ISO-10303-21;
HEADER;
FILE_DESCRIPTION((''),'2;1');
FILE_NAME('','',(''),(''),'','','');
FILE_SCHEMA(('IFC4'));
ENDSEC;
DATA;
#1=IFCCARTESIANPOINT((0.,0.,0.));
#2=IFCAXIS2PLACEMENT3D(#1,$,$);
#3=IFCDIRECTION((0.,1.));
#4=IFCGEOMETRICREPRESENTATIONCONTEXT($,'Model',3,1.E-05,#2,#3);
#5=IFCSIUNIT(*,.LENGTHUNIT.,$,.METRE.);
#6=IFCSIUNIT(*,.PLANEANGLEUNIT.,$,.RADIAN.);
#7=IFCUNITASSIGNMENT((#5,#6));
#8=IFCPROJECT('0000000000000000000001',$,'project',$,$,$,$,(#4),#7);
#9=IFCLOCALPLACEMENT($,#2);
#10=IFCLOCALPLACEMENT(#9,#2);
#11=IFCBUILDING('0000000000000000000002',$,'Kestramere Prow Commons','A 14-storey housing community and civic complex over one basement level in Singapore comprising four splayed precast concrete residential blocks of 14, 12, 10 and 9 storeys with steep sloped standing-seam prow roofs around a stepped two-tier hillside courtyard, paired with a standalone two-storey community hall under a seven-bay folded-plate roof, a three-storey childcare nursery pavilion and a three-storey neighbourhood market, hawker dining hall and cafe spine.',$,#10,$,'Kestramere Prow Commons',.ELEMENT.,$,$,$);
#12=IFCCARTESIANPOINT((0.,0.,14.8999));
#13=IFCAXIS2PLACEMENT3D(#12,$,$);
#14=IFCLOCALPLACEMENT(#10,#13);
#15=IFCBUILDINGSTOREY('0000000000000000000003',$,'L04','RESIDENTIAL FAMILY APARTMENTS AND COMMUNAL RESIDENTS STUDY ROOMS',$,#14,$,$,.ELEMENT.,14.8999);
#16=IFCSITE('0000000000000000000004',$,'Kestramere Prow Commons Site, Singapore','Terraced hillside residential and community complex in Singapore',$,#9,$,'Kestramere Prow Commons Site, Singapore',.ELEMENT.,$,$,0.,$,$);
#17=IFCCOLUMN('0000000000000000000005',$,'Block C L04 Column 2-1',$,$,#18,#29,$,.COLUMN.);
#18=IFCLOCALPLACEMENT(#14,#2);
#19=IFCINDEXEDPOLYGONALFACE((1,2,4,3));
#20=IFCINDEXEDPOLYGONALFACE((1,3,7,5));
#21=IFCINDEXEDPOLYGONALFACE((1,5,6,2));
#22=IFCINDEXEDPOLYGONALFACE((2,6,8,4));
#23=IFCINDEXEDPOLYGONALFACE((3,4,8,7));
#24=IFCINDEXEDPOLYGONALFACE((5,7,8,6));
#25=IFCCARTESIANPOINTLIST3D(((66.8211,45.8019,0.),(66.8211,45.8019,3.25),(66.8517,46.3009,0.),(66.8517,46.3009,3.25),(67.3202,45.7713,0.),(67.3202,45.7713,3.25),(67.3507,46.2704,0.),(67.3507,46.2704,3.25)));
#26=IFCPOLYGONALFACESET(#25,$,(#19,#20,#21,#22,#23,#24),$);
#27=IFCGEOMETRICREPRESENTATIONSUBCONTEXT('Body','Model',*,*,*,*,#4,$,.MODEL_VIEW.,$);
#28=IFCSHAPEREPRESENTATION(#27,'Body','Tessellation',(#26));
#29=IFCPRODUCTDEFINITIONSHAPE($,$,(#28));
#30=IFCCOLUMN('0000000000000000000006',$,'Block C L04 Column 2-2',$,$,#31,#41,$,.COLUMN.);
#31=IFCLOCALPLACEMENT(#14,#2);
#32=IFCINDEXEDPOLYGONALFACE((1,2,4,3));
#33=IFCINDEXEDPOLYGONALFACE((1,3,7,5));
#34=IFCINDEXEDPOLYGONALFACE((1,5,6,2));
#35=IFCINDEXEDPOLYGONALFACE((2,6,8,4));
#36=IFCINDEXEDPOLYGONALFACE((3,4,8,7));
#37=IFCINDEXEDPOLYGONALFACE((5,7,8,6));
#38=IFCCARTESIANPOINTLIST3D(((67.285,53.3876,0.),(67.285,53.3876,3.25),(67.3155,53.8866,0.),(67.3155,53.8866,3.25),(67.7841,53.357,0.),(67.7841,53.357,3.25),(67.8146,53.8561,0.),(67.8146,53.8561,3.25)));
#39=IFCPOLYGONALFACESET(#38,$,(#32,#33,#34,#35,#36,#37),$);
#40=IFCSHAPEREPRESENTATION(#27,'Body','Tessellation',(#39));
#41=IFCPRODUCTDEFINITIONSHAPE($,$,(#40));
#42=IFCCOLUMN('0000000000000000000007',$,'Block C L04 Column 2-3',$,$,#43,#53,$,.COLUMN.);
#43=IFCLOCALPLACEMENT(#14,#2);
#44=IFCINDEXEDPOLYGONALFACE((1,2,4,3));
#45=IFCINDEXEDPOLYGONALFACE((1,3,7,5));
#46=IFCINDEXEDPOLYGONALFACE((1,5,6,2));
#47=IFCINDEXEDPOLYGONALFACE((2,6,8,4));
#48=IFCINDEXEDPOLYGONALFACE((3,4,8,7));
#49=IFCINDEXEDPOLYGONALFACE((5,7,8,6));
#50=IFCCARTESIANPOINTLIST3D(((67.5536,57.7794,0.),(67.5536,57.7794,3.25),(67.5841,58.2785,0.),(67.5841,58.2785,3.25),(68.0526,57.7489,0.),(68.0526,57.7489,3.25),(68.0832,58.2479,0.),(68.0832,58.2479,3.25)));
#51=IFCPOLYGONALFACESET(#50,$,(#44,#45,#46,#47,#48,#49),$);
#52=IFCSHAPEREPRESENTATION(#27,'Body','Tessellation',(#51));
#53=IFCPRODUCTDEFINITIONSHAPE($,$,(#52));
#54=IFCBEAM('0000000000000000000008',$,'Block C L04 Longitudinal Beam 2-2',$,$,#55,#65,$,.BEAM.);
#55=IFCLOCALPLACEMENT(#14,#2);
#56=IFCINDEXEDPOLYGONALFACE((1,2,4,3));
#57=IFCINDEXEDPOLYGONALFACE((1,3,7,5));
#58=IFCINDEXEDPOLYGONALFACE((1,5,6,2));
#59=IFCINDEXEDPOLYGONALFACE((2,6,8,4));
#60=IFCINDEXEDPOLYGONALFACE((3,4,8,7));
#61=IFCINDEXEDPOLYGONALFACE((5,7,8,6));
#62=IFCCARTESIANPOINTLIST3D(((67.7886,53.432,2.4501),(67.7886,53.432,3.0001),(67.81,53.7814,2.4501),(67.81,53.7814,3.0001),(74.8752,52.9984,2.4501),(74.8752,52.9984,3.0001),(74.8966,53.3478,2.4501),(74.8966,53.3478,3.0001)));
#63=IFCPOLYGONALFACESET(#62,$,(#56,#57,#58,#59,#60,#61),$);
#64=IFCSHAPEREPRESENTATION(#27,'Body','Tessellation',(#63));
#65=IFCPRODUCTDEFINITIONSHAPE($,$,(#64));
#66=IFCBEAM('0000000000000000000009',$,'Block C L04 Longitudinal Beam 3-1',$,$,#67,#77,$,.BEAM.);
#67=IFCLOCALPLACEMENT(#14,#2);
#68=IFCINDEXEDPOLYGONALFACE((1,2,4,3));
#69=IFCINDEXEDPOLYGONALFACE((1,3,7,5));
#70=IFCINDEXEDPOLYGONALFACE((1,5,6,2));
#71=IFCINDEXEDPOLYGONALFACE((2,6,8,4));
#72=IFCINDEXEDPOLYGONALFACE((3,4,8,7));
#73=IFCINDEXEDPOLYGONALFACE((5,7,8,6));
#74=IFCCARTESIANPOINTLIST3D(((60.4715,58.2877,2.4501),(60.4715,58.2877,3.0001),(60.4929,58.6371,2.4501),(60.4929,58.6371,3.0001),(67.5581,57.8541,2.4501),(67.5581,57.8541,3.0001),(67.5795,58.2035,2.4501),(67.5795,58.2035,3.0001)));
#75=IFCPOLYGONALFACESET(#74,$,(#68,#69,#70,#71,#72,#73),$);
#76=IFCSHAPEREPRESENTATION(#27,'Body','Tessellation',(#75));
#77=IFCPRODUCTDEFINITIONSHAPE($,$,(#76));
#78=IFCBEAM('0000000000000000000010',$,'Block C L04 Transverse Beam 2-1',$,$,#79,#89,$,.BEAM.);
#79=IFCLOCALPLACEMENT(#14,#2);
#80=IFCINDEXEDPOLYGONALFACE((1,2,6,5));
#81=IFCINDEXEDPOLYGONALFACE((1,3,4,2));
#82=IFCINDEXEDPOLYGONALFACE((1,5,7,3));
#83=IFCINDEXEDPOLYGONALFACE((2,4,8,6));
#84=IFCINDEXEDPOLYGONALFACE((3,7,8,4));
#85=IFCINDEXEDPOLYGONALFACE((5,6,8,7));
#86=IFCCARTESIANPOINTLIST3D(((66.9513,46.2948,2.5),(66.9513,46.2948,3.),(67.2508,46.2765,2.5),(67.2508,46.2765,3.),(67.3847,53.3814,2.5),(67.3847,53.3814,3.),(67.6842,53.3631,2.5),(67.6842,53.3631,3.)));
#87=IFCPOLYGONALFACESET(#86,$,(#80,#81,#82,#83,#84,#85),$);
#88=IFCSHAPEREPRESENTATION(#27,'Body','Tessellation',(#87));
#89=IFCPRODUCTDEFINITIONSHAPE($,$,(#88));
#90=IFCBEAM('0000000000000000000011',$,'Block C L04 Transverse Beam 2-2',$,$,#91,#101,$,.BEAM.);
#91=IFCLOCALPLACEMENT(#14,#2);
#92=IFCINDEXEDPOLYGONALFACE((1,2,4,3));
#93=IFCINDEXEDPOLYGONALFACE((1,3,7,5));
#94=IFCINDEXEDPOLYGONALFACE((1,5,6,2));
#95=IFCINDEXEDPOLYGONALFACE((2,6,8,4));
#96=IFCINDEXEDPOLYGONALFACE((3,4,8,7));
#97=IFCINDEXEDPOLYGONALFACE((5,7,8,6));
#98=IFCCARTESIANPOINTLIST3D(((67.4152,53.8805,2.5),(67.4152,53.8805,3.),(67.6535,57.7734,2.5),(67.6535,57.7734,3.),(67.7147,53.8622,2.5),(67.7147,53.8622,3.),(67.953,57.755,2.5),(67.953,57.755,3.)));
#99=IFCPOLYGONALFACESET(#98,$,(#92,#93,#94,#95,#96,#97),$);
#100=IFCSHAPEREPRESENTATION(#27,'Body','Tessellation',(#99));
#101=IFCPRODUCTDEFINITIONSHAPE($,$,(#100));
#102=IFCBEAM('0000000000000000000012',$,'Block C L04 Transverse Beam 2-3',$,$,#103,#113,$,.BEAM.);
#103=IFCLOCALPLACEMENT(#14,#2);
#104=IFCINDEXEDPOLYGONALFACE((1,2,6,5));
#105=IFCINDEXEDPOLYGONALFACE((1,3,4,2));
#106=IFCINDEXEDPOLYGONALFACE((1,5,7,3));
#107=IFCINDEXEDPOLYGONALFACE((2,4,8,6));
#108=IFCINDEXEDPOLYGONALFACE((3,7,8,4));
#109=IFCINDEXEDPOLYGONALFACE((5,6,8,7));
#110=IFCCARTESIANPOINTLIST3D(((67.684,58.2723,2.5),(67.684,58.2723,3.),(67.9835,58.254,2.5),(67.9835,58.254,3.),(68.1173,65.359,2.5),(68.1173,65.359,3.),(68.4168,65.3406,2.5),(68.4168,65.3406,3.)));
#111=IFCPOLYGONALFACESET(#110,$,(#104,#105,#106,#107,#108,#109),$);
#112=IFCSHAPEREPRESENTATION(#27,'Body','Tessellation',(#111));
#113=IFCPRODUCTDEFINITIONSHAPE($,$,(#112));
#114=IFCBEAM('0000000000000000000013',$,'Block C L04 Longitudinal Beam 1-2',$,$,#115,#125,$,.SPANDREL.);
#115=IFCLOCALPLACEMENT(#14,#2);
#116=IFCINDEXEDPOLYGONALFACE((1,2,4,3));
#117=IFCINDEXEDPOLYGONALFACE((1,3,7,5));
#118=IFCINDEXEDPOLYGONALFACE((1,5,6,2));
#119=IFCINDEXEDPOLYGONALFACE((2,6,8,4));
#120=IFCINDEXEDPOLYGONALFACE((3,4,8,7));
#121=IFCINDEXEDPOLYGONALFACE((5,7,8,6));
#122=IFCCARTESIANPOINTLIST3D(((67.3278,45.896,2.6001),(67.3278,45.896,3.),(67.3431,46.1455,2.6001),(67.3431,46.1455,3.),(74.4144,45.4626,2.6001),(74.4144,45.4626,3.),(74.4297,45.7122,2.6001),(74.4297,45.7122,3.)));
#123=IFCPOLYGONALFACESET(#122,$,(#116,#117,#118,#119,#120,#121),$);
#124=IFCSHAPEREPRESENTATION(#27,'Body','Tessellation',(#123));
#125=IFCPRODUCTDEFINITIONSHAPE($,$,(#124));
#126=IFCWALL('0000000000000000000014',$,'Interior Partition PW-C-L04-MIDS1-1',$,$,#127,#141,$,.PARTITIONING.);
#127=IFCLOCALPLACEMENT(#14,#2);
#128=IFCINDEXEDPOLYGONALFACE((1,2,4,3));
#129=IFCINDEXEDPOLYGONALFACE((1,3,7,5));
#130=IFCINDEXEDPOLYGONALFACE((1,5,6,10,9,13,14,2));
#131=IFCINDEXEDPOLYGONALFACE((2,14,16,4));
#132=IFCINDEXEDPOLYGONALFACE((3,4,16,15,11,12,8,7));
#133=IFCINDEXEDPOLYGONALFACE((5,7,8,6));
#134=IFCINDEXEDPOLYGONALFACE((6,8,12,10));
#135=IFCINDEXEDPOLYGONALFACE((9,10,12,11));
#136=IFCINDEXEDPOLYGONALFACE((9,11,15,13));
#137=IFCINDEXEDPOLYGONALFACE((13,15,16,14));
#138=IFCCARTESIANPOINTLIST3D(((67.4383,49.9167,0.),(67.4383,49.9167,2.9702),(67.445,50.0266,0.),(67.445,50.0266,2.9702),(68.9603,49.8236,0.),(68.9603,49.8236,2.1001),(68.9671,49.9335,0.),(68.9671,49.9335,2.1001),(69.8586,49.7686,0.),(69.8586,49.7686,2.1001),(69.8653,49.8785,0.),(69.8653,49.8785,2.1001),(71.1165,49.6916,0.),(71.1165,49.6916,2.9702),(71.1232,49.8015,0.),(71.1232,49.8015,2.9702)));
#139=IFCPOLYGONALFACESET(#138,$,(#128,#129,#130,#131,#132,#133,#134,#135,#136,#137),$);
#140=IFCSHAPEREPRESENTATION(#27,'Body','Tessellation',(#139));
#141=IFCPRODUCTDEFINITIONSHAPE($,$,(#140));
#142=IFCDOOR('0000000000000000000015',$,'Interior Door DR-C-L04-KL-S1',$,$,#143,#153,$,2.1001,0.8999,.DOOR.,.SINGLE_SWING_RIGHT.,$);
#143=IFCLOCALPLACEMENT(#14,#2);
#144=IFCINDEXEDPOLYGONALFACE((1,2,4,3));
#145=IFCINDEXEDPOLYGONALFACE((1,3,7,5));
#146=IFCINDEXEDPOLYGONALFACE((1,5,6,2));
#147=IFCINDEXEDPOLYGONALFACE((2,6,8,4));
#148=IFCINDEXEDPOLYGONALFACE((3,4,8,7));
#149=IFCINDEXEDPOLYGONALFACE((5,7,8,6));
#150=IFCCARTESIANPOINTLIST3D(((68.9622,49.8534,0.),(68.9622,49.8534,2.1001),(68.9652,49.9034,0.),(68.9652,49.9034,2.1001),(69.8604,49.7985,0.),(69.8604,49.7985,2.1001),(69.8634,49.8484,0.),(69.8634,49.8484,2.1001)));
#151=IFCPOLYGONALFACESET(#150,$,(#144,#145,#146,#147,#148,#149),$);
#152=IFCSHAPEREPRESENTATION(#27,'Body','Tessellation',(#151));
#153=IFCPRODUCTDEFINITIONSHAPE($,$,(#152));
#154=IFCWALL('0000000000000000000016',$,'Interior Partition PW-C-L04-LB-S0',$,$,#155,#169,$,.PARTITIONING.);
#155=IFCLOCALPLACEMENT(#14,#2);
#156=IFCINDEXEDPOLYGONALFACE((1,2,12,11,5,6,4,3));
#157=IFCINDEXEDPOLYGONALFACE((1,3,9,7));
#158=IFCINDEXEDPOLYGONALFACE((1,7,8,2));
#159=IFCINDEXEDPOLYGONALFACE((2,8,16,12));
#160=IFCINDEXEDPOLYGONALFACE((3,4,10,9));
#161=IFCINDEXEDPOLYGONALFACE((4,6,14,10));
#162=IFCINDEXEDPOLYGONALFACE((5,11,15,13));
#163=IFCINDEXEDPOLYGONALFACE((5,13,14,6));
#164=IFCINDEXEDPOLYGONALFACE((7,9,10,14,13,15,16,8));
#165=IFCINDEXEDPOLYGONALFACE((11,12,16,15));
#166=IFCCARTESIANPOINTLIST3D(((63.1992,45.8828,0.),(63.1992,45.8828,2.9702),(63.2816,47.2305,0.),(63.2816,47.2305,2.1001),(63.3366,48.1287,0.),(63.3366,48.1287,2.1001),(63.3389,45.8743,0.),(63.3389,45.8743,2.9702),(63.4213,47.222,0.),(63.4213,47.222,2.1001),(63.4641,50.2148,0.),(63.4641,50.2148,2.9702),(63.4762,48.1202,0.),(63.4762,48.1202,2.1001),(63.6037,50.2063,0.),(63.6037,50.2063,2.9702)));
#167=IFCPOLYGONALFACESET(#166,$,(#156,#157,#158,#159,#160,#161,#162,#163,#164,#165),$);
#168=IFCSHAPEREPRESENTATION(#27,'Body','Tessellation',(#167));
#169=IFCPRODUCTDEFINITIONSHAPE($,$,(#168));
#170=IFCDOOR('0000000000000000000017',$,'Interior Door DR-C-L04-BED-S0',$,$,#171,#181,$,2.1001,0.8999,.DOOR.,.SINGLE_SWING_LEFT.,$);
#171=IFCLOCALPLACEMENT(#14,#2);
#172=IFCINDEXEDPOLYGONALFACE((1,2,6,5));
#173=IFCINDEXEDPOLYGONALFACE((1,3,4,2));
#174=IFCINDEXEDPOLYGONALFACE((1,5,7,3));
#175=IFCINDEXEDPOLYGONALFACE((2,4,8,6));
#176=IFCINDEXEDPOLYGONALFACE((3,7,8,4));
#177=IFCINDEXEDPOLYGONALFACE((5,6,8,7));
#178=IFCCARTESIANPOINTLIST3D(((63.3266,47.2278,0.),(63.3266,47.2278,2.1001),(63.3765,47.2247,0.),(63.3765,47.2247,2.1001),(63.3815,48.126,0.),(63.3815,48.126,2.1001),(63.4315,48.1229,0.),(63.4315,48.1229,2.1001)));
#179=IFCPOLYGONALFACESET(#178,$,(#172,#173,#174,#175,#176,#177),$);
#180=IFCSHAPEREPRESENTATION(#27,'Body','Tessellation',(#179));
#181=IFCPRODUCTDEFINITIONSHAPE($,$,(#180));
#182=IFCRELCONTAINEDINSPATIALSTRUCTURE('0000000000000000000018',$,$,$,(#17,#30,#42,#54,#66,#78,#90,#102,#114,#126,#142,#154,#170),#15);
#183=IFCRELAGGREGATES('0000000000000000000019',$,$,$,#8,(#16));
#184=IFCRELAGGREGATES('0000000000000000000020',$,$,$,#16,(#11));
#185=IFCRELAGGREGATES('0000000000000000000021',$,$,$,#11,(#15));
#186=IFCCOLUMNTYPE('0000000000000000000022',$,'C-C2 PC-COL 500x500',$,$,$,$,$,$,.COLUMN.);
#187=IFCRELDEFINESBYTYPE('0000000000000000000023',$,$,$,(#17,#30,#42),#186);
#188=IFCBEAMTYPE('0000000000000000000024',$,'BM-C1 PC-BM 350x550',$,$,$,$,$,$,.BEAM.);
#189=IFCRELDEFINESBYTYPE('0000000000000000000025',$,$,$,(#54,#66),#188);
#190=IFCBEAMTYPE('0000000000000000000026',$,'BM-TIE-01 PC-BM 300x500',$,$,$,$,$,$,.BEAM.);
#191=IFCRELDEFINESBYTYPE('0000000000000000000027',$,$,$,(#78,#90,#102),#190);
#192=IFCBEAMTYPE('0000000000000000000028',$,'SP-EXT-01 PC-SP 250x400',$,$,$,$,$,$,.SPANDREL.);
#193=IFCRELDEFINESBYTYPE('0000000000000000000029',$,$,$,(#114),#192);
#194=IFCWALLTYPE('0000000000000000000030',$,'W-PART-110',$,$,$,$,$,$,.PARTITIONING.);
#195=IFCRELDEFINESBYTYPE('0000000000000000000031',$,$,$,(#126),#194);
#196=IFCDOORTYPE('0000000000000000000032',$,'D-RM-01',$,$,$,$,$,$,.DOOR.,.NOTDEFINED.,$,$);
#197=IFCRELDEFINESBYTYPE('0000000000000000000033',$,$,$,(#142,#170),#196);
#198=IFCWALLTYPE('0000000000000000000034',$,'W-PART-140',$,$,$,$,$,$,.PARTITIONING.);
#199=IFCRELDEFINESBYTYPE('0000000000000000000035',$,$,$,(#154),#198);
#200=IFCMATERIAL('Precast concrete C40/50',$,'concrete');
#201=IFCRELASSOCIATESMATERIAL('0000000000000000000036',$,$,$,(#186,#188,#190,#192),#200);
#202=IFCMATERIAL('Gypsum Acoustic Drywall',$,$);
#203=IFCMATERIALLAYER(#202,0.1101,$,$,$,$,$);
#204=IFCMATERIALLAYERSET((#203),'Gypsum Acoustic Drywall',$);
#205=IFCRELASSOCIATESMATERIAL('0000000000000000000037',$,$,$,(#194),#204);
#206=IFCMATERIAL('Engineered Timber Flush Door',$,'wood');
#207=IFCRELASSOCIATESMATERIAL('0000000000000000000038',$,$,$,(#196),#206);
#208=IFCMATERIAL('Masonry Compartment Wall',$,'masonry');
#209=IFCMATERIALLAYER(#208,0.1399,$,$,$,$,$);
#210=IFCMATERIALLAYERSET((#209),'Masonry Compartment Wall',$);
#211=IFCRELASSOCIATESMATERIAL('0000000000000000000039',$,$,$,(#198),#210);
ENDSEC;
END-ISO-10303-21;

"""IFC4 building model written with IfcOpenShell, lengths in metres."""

from ifc_helpers import new_model, si_unit, direction, frame, frame_2d, origin, origin_2d, place, context, subcontext, project, spatial, rectangle, extrude, material, layer, layer_set, material_profile, profile_set, type_object, element, fill, save


model = new_model("IFC4")

# Units and contexts
model_context = context("Model", 3, precision=1e-05, world=origin(), true_north=direction((0.0, 1.0)))
body_context = subcontext(model_context, "Body", "Model", "MODEL_VIEW")
ifc_project = project(units=[si_unit("LENGTHUNIT", "METRE"), si_unit("PLANEANGLEUNIT", "RADIAN")], contexts=[model_context])

# Site, building, storey
site_placement = place(None, origin())
site = spatial("IfcSite", under=ifc_project, at=site_placement, Name="Kestramere Prow Commons Site, Singapore", Description="Terraced hillside residential and community complex in Singapore", LongName="Kestramere Prow Commons Site, Singapore", CompositionType="ELEMENT", RefElevation=0.0)
building_placement = place(site_placement, origin())
building = spatial("IfcBuilding", under=site, at=building_placement, Name="Kestramere Prow Commons", Description="A 14-storey housing community and civic complex over one basement level in Singapore comprising four splayed precast concrete residential blocks of 14, 12, 10 and 9 storeys with steep sloped standing-seam prow roofs around a stepped two-tier hillside courtyard, paired with a standalone two-storey community hall under a seven-bay folded-plate roof, a three-storey childcare nursery pavilion and a three-storey neighbourhood market, hawker dining hall and cafe spine.", LongName="Kestramere Prow Commons", CompositionType="ELEMENT")
storey_placement = place(building_placement, frame((0.0, 0.0, 14.8999)))
storey = spatial("IfcBuildingStorey", under=building, at=storey_placement, Name="L04", Description="RESIDENTIAL FAMILY APARTMENTS AND COMMUNAL RESIDENTS STUDY ROOMS", CompositionType="ELEMENT", Elevation=14.8999)

# Columns
ifc_material_1 = material(Name="Precast concrete C40/50", Category="concrete")
ifc_material_profile_1 = material_profile(ifc_material_1, rectangle(XDim=0.5, YDim=0.5, at=origin_2d()), Name="PC-COL 500x500")
ifc_profile_set_1 = profile_set([ifc_material_profile_1], Name="Precast concrete C40/50")
column_type = type_object("IfcColumnType", Name="C-C2 PC-COL 500x500", PredefinedType="COLUMN", material=ifc_profile_set_1)
for number, where, z_axis, x_axis, name in (
    (1, (67.0859, 46.0361, 0.0), (0.0, 0.0, 1.0), (0.998135, -0.061049, 0.0), "Block C L04 Column 2-1"),
    (2, (67.5498, 53.6218, 0.0), (0.0, 0.0, 1.0), (0.998135, -0.061049, 0.0), "Block C L04 Column 2-2"),
    (3, (67.8184, 58.0137, 0.0), (0.0, 0.0, 1.0), (0.998135, -0.061049, 0.0), "Block C L04 Column 2-3"),
):
    element("IfcColumn", number, at=place(storey_placement, frame(where, z_axis=z_axis, x_axis=x_axis)), inside=storey, type_object=column_type, Name=name, PredefinedType="COLUMN", context=body_context, shape_type="SweptSolid", body=[
        extrude(rectangle(XDim=0.5, YDim=0.5, at=origin_2d()), origin(), (0.0, 0.0, 1.0), 3.25),
    ])

# Beams
ifc_material_profile_2 = material_profile(ifc_material_1, rectangle(XDim=0.3501, YDim=0.55, at=origin_2d()), Name="PC-BM 350x550")
ifc_profile_set_2 = profile_set([ifc_material_profile_2], Name="Precast concrete C40/50")
beam_type_1 = type_object("IfcBeamType", Name="BM-C1 PC-BM 350x550", PredefinedType="BEAM", material=ifc_profile_set_2)
for number, where, z_axis, x_axis, name in (
    (4, (67.7993, 53.6067, 2.7251), (0.998133, -0.06107, 0.0), (0.06107, 0.998133, 0.0), "Block C L04 Longitudinal Beam 2-2"),
    (5, (60.4822, 58.4624, 2.7251), (0.998133, -0.06107, 0.0), (0.06107, 0.998133, 0.0), "Block C L04 Longitudinal Beam 3-1"),
):
    element("IfcBeam", number, at=place(storey_placement, frame(where, z_axis=z_axis, x_axis=x_axis)), inside=storey, type_object=beam_type_1, Name=name, PredefinedType="BEAM", context=body_context, shape_type="SweptSolid", body=[
        extrude(rectangle(XDim=0.3501, YDim=0.55, at=origin_2d()), origin(), (0.0, 0.0, 1.0), 7.0999),
    ])
ifc_material_profile_3 = material_profile(ifc_material_1, rectangle(XDim=0.3, YDim=0.5, at=origin_2d()), Name="PC-BM 300x500")
ifc_profile_set_3 = profile_set([ifc_material_profile_3], Name="Precast concrete C40/50")
beam_type_2 = type_object("IfcBeamType", Name="BM-TIE-01 PC-BM 300x500", PredefinedType="BEAM", material=ifc_profile_set_3)
beam_1_placement = place(storey_placement, frame((67.1011, 46.2856, 2.75), z_axis=(0.061036, 0.998136, 0.0), x_axis=(-0.998136, 0.061036, 0.0)))
element("IfcBeam", 6, at=beam_1_placement, inside=storey, type_object=beam_type_2, Name="Block C L04 Transverse Beam 2-1", PredefinedType="BEAM", context=body_context, shape_type="SweptSolid", body=[
    extrude(rectangle(XDim=0.3, YDim=0.5, at=origin_2d()), origin(), (0.0, 0.0, 1.0), 7.0999),
])
beam_2_placement = place(storey_placement, frame((67.5649, 53.8713, 2.75), z_axis=(0.061096, 0.998132, 0.0), x_axis=(-0.998132, 0.061096, 0.0)))
element("IfcBeam", 7, at=beam_2_placement, inside=storey, type_object=beam_type_2, Name="Block C L04 Transverse Beam 2-2", PredefinedType="BEAM", context=body_context, shape_type="SweptSolid", body=[
    extrude(rectangle(XDim=0.3, YDim=0.5, at=origin_2d()), origin(), (0.0, 0.0, 1.0), 3.9001),
])
beam_3_placement = place(storey_placement, frame((67.8337, 58.2632, 2.75), z_axis=(0.061036, 0.998136, 0.0), x_axis=(-0.998136, 0.061036, 0.0)))
element("IfcBeam", 8, at=beam_3_placement, inside=storey, type_object=beam_type_2, Name="Block C L04 Transverse Beam 2-3", PredefinedType="BEAM", context=body_context, shape_type="SweptSolid", body=[
    extrude(rectangle(XDim=0.3, YDim=0.5, at=origin_2d()), origin(), (0.0, 0.0, 1.0), 7.0999),
])
ifc_material_profile_4 = material_profile(ifc_material_1, rectangle(XDim=0.25, YDim=0.3999, at=origin_2d()), Name="PC-SP 250x400")
ifc_profile_set_4 = profile_set([ifc_material_profile_4], Name="Precast concrete C40/50")
beam_type_3 = type_object("IfcBeamType", Name="SP-EXT-01 PC-SP 250x400", PredefinedType="SPANDREL", material=ifc_profile_set_4)
beam_4_placement = place(storey_placement, frame((67.3354, 46.0208, 2.8), z_axis=(0.998136, -0.061036, 0.0), x_axis=(0.061036, 0.998136, 0.0)))
element("IfcBeam", 9, at=beam_4_placement, inside=storey, type_object=beam_type_3, Name="Block C L04 Longitudinal Beam 1-2", PredefinedType="SPANDREL", context=body_context, shape_type="SweptSolid", body=[
    extrude(rectangle(XDim=0.25, YDim=0.3999, at=origin_2d()), origin(), (0.0, 0.0, 1.0), 7.0999),
])

# Walls, openings, doors
ifc_material_2 = material(Name="Gypsum Acoustic Drywall")
ifc_layer_1 = layer(ifc_material_2, 0.1101)
ifc_layer_set_1 = layer_set([ifc_layer_1], Name="Gypsum Acoustic Drywall")
wall_type_1 = type_object("IfcWallType", Name="W-PART-110", PredefinedType="PARTITIONING", material=ifc_layer_set_1)
wall_1_placement = place(storey_placement, frame((67.4417, 49.9717, 0.0), z_axis=(0.0, 0.0, 1.0), x_axis=(0.998133, -0.061083, 0.0)))
wall_1 = element("IfcWall", 10, at=wall_1_placement, inside=storey, type_object=wall_type_1, Name="Interior Partition PW-C-L04-MIDS1-1", PredefinedType="PARTITIONING", context=body_context, shape_type="SweptSolid", body=[
    extrude(rectangle(XDim=3.6851, YDim=0.1101, at=frame_2d((1.8425, 0.0))), origin(), (0.0, 0.0, 1.0), 2.9702),
])
opening_1_placement = place(wall_1_placement, frame((1.5249, 0.0, 0.0)))
opening_1 = element("IfcOpeningElement", 11, at=opening_1_placement, cuts=wall_1, PredefinedType="OPENING", context=body_context, shape_type="SweptSolid", body=[
    extrude(rectangle(XDim=0.8999, YDim=2.1001, at=frame_2d((0.45, 1.05))), frame((0.0, 0.0701, 0.0), z_axis=(0.0, -1.0, 0.0), x_axis=(1.0, 0.0, 0.0)), (0.0, 0.0, 1.0), 0.1401),
])
ifc_material_3 = material(Name="Engineered Timber Flush Door", Category="wood")
door_type_1 = type_object("IfcDoorType", Name="D-RM-01", OperationType="NOTDEFINED", PredefinedType="DOOR", material=ifc_material_3)
door_1_placement = place(opening_1_placement, origin())
door_1 = element("IfcDoor", 12, at=door_1_placement, inside=storey, type_object=door_type_1, Name="Interior Door DR-C-L04-KL-S1", OperationType="SINGLE_SWING_RIGHT", OverallHeight=2.1001, OverallWidth=0.8999, PredefinedType="DOOR", context=body_context, shape_type="SweptSolid", body=[
    extrude(rectangle(XDim=0.8999, YDim=2.1001, at=frame_2d((0.45, 1.05))), frame((0.0, 0.0249, 0.0), z_axis=(0.0, -1.0, 0.0), x_axis=(1.0, 0.0, 0.0)), (0.0, 0.0, 1.0), 0.05),
])
fill(opening_1, door_1)
ifc_material_4 = material(Name="Masonry Compartment Wall", Category="masonry")
ifc_layer_2 = layer(ifc_material_4, 0.1399)
ifc_layer_set_2 = layer_set([ifc_layer_2], Name="Masonry Compartment Wall")
wall_type_2 = type_object("IfcWallType", Name="W-PART-140", PredefinedType="PARTITIONING", material=ifc_layer_set_2)
wall_2_placement = place(storey_placement, frame((63.269, 45.8787, 0.0), z_axis=(0.0, 0.0, 1.0), x_axis=(0.061033, 0.998136, 0.0)))
wall_2 = element("IfcWall", 13, at=wall_2_placement, inside=storey, type_object=wall_type_2, Name="Interior Partition PW-C-L04-LB-S0", PredefinedType="PARTITIONING", context=body_context, shape_type="SweptSolid", body=[
    extrude(rectangle(XDim=4.3401, YDim=0.1399, at=frame_2d((2.1699, 0.0))), origin(), (0.0, 0.0, 1.0), 2.9702),
])
opening_2_placement = place(wall_2_placement, frame((1.3501, 0.0, 0.0)))
opening_2 = element("IfcOpeningElement", 14, at=opening_2_placement, cuts=wall_2, PredefinedType="OPENING", context=body_context, shape_type="SweptSolid", body=[
    extrude(rectangle(XDim=0.8999, YDim=2.1001, at=frame_2d((0.45, 1.05))), frame((0.0, 0.085, 0.0), z_axis=(0.0, -1.0, 0.0), x_axis=(1.0, 0.0, 0.0)), (0.0, 0.0, 1.0), 0.1699),
])
door_2_placement = place(opening_2_placement, origin())
door_2 = element("IfcDoor", 15, at=door_2_placement, inside=storey, type_object=door_type_1, Name="Interior Door DR-C-L04-BED-S0", OperationType="SINGLE_SWING_LEFT", OverallHeight=2.1001, OverallWidth=0.8999, PredefinedType="DOOR", context=body_context, shape_type="SweptSolid", body=[
    extrude(rectangle(XDim=0.8999, YDim=2.1001, at=frame_2d((0.45, 1.05))), frame((0.0, 0.0249, 0.0), z_axis=(0.0, -1.0, 0.0), x_axis=(1.0, 0.0, 0.0)), (0.0, 0.0, 1.0), 0.05),
])
fill(opening_2, door_2)

save(model, "model.ifc")
